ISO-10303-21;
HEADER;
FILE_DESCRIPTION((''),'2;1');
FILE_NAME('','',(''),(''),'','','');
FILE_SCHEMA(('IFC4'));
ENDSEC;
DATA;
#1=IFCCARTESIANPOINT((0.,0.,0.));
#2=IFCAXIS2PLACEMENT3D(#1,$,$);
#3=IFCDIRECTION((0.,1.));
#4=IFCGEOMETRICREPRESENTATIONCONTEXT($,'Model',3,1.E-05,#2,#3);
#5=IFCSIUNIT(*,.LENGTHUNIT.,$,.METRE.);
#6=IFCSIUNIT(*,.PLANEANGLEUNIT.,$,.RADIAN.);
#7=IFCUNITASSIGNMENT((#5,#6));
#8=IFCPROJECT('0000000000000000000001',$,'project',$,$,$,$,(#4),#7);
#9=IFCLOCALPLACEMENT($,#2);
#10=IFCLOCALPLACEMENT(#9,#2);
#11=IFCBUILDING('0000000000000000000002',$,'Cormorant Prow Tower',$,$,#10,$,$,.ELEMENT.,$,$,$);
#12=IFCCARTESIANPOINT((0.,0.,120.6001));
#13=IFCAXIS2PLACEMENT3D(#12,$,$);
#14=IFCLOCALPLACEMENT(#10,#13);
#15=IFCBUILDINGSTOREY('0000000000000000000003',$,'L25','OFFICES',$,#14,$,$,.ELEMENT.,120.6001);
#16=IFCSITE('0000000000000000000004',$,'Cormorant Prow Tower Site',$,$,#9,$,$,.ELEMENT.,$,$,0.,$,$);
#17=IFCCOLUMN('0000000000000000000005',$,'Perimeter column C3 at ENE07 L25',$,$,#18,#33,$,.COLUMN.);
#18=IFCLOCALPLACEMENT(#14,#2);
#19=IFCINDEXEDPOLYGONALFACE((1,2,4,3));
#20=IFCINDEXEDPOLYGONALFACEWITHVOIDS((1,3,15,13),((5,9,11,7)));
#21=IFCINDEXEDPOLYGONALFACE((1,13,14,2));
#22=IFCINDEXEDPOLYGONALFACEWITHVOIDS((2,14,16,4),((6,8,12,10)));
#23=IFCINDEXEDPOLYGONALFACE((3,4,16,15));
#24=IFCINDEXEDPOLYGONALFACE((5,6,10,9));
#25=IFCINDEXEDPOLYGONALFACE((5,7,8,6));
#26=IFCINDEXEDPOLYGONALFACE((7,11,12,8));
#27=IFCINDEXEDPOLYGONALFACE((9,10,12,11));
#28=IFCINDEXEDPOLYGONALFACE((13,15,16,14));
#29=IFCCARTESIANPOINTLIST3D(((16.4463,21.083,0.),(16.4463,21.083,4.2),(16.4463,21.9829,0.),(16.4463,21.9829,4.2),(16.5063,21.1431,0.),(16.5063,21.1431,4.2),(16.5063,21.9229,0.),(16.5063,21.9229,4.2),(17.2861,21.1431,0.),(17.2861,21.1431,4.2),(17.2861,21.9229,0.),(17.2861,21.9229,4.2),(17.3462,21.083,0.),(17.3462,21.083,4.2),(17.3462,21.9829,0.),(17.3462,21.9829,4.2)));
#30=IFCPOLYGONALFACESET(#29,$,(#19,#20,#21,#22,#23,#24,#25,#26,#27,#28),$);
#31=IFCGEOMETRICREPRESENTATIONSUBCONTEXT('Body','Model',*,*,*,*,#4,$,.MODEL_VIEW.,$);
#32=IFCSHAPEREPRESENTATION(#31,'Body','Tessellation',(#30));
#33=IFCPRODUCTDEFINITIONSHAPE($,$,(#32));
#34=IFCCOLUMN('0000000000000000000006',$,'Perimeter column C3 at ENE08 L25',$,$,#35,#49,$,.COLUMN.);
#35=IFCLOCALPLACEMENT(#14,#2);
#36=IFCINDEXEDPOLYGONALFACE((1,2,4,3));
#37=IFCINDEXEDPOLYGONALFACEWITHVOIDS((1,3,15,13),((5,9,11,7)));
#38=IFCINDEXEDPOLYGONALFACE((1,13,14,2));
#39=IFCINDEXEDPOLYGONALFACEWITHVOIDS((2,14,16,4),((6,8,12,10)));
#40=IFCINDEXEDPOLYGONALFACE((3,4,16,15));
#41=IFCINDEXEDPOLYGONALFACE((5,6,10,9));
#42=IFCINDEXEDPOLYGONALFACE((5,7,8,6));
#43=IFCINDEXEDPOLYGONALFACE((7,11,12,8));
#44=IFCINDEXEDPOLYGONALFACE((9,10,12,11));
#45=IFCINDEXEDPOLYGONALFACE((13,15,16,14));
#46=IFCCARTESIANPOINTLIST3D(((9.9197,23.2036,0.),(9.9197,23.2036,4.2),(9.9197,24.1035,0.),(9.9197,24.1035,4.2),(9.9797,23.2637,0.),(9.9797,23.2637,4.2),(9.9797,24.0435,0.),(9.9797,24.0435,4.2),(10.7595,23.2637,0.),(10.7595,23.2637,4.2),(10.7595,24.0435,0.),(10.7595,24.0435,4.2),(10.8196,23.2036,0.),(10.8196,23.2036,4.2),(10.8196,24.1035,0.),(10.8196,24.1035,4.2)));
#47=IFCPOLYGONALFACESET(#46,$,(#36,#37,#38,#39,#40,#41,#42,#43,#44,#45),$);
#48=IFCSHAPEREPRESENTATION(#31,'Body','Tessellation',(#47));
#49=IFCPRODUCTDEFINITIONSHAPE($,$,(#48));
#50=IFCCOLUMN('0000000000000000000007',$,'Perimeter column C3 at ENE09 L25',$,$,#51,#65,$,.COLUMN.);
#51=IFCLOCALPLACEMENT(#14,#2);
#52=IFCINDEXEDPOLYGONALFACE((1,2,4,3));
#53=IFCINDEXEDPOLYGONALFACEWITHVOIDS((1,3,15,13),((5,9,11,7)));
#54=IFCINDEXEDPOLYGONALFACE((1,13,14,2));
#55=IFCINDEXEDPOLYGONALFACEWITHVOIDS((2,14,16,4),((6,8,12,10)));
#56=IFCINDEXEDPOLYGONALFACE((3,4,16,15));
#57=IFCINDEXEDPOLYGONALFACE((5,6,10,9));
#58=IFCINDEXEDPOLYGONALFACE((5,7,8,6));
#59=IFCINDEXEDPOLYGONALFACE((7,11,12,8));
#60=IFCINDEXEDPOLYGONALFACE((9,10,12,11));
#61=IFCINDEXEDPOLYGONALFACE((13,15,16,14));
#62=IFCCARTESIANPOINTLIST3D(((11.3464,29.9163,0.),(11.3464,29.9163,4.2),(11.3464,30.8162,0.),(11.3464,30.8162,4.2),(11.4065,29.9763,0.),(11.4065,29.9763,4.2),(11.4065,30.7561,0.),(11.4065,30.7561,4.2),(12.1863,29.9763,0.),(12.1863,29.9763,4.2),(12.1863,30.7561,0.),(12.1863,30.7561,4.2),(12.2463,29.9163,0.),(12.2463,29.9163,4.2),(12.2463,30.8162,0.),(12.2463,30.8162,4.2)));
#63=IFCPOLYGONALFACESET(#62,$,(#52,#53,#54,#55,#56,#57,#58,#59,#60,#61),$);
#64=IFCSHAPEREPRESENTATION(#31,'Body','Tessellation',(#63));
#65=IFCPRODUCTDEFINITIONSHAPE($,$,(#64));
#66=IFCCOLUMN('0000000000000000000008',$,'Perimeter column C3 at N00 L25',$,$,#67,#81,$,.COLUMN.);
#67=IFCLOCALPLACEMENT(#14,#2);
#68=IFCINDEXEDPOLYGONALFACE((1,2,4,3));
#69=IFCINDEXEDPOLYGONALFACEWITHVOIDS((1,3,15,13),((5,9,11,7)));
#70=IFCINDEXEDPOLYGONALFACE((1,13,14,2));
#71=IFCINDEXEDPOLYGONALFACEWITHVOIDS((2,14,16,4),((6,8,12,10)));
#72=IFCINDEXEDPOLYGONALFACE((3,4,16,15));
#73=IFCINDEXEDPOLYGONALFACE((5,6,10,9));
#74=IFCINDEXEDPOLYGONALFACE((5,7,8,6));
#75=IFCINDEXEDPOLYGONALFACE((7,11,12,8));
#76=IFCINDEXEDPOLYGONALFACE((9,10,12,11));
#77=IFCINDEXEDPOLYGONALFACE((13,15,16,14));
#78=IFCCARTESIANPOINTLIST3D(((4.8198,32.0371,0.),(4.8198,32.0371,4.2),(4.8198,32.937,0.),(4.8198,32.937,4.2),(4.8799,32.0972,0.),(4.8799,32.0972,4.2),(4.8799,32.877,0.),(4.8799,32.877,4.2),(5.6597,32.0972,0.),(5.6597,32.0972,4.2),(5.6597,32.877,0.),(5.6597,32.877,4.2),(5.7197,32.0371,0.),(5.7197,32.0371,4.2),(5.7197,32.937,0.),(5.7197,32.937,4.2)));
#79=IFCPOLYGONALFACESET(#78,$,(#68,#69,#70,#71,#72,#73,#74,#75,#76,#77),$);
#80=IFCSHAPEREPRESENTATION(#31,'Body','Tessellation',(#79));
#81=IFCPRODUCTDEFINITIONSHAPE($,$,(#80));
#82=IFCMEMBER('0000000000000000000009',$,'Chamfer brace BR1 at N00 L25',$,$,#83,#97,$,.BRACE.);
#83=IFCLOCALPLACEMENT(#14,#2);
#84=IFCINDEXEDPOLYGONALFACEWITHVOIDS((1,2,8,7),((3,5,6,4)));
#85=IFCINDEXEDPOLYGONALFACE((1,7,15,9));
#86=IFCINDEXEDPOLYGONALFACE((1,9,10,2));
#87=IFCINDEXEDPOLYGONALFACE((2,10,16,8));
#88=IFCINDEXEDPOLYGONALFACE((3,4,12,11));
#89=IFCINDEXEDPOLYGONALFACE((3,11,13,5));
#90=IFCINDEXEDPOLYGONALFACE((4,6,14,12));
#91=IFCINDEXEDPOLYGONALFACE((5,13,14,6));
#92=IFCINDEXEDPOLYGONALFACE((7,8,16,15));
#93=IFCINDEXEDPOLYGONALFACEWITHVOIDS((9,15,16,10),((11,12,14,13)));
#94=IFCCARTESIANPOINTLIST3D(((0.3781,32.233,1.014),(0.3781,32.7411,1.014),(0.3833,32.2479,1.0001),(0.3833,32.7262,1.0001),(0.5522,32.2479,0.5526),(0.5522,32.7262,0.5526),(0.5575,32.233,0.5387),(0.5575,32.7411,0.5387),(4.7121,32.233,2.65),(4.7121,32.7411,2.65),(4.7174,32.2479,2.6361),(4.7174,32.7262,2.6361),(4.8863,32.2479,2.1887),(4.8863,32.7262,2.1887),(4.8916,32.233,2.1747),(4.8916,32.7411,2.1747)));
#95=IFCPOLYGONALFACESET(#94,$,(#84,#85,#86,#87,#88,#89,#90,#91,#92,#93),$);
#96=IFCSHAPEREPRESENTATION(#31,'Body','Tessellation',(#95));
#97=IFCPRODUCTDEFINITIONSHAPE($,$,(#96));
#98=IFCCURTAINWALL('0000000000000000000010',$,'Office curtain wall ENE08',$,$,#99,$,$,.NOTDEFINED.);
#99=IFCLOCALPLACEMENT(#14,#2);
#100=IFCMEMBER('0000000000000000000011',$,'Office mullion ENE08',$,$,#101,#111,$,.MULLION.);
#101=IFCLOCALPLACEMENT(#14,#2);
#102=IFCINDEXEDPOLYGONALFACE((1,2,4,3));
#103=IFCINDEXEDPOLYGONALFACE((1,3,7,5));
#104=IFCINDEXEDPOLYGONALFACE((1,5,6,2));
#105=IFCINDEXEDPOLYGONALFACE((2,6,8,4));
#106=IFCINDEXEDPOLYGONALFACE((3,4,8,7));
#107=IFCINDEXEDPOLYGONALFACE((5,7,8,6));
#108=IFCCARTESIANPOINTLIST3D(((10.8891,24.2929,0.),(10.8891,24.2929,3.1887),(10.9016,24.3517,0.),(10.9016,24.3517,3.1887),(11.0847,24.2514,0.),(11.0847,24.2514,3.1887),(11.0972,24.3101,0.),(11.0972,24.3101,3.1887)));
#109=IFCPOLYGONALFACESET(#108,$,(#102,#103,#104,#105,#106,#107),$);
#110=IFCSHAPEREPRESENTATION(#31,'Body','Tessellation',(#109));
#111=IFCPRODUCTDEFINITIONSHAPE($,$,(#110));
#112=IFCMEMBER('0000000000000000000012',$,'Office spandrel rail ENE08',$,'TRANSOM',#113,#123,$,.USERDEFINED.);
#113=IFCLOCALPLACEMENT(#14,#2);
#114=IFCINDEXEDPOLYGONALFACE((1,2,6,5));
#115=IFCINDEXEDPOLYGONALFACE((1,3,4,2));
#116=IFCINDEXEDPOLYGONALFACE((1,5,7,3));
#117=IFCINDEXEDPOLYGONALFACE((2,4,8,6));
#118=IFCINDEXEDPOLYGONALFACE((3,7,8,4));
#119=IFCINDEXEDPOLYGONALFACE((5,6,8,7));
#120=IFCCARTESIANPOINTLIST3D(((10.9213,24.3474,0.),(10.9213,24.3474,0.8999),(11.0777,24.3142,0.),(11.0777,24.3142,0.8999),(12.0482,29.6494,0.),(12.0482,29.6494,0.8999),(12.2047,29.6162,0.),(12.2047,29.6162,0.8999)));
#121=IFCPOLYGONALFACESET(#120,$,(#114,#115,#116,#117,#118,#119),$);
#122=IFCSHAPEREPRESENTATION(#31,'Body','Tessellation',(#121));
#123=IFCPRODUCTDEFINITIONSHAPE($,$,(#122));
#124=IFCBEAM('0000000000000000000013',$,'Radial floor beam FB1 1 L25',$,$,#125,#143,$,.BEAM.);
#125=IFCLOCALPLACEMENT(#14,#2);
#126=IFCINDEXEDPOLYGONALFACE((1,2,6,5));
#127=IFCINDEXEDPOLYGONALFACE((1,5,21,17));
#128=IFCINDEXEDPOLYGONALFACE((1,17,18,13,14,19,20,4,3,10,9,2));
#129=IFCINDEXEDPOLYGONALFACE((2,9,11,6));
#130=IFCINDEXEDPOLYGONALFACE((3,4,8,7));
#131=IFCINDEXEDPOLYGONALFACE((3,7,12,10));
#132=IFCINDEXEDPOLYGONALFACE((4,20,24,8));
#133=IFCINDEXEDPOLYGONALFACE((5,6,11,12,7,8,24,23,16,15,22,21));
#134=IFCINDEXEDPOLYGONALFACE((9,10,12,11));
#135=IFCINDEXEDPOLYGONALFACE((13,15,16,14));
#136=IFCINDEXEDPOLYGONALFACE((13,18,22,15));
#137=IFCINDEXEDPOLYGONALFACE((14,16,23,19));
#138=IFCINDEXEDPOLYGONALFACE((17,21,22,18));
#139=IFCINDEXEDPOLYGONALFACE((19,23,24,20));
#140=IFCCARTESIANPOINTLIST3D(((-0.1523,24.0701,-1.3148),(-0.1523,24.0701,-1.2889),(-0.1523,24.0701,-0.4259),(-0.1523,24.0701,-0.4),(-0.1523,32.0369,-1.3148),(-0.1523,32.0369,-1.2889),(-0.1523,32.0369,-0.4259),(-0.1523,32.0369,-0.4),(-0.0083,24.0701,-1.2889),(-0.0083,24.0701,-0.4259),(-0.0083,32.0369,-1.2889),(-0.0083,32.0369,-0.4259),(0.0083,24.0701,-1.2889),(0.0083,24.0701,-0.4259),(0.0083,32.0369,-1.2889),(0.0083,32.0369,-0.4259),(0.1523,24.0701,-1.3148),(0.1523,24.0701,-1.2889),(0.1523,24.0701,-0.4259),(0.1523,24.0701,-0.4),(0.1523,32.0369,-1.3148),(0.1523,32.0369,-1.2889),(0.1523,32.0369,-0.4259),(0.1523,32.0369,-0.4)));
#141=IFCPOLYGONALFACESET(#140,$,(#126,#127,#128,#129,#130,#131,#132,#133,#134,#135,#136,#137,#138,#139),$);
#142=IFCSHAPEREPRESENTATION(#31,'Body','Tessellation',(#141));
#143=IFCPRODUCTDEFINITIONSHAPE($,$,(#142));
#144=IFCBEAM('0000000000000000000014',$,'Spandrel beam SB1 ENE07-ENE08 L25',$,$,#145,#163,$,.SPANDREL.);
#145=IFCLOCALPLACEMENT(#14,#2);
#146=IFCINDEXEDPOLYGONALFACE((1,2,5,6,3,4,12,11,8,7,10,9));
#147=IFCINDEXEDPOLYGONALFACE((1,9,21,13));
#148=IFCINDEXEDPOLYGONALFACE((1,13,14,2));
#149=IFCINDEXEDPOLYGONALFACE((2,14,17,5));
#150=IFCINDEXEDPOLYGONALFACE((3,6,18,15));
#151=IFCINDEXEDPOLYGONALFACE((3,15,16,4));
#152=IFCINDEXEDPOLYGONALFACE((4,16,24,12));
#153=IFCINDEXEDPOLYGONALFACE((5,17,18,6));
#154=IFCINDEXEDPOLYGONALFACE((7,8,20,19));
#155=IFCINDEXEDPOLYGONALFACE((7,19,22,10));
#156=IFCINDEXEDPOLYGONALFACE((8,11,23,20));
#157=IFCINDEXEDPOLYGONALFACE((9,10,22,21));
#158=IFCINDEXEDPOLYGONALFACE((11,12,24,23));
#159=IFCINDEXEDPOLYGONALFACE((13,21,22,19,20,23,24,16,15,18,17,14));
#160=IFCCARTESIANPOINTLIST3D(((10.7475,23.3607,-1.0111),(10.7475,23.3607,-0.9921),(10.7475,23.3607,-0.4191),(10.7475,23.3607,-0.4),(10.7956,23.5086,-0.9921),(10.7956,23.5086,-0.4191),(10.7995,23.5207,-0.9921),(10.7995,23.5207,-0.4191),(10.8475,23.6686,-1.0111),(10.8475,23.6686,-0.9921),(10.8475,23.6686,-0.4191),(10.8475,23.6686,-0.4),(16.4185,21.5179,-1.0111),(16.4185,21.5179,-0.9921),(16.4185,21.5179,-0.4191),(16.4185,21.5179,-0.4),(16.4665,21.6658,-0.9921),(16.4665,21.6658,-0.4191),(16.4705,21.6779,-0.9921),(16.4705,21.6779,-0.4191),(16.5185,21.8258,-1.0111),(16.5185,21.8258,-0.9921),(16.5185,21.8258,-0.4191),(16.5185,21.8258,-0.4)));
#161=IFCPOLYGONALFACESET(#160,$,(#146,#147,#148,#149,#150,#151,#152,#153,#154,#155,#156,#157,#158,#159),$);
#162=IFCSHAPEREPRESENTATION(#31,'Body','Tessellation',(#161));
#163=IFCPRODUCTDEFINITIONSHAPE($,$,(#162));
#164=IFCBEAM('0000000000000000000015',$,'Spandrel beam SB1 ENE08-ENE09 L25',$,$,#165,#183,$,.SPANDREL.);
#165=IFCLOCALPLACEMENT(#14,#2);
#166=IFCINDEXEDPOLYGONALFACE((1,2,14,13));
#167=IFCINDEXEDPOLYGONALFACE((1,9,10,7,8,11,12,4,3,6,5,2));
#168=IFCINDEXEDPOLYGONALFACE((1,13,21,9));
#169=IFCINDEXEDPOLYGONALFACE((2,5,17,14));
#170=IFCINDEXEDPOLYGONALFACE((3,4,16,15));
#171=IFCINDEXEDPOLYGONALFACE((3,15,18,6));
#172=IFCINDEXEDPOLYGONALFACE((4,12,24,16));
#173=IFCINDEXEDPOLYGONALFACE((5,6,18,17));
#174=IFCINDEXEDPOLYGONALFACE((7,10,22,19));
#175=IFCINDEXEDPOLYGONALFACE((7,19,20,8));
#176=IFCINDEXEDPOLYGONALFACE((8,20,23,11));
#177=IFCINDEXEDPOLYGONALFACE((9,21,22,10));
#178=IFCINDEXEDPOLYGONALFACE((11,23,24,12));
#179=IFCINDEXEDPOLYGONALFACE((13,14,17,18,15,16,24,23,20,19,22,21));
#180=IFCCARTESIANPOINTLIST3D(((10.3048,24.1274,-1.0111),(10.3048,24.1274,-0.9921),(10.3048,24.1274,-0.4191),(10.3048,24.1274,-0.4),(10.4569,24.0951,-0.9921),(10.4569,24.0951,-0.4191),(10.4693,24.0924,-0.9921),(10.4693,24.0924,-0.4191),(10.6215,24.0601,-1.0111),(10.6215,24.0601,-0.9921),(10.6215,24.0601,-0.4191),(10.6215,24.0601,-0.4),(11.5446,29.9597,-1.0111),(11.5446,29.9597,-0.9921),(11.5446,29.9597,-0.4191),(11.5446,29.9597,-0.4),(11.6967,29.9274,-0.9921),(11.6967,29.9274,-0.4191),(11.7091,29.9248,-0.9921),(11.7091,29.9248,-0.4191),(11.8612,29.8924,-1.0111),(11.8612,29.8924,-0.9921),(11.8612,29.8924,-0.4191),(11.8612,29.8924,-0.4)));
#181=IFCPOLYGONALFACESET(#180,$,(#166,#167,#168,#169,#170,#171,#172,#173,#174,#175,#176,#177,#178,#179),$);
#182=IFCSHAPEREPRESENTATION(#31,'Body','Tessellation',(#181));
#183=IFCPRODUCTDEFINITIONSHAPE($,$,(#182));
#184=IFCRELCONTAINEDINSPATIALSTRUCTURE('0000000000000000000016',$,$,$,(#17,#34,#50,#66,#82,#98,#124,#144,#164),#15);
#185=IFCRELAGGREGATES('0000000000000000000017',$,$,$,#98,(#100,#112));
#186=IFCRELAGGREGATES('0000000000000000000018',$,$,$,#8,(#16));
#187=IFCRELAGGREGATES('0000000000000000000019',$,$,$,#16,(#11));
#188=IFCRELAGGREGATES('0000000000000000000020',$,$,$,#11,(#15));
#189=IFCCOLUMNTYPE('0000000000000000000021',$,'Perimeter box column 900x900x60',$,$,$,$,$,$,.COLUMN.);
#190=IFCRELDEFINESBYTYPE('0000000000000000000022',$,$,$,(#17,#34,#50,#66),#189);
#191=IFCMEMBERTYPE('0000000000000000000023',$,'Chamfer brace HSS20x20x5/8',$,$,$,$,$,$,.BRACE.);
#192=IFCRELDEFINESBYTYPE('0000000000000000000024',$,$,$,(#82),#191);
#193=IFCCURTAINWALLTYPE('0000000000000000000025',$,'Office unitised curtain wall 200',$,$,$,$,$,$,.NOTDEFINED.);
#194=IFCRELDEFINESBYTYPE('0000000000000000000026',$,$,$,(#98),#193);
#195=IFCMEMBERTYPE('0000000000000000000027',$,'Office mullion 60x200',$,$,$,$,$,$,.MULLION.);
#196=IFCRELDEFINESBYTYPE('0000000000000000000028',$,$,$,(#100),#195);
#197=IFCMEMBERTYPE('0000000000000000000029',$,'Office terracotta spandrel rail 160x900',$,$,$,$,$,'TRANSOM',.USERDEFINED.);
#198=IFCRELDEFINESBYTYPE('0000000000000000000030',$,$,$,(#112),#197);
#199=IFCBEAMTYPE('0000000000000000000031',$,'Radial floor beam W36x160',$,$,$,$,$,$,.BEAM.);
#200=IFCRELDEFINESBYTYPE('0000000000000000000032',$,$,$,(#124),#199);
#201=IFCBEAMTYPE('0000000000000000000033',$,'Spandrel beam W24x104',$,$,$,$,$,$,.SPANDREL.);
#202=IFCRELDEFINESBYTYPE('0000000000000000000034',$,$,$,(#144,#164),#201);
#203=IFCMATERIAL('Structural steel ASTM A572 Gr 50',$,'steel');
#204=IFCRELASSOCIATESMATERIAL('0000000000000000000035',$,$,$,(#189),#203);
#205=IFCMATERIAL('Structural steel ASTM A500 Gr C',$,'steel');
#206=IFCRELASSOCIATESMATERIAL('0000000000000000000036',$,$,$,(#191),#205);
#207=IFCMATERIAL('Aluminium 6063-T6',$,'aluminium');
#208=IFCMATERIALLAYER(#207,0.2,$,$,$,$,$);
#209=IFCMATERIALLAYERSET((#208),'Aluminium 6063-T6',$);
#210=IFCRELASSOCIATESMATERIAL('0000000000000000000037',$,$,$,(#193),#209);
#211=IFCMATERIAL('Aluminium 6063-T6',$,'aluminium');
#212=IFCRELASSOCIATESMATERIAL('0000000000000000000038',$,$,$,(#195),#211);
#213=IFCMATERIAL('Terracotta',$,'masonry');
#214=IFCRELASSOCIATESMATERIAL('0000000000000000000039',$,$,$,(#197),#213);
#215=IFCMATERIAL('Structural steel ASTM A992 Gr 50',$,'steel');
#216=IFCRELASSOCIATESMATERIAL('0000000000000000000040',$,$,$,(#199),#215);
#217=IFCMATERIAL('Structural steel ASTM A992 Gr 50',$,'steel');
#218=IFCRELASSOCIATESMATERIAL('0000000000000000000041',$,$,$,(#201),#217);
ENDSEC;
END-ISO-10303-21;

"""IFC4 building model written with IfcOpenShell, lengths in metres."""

from ifc_helpers import new_model, si_unit, direction, frame, origin, origin_2d, place, context, subcontext, project, spatial, rectangle, hollow_rectangle, i_section, extrude, material, layer, layer_set, material_profile, profile_set, type_object, element, aggregate, save


model = new_model("IFC4")

# Units and contexts
model_context = context("Model", 3, precision=1e-05, world=origin(), true_north=direction((0.0, 1.0)))
body_context = subcontext(model_context, "Body", "Model", "MODEL_VIEW")
ifc_project = project(units=[si_unit("LENGTHUNIT", "METRE"), si_unit("PLANEANGLEUNIT", "RADIAN")], contexts=[model_context])

# Site, building, storey
site_placement = place(None, origin())
site = spatial("IfcSite", under=ifc_project, at=site_placement, Name="Cormorant Prow Tower Site", CompositionType="ELEMENT", RefElevation=0.0)
building_placement = place(site_placement, origin())
building = spatial("IfcBuilding", under=site, at=building_placement, Name="Cormorant Prow Tower", CompositionType="ELEMENT")
storey_placement = place(building_placement, frame((0.0, 0.0, 120.6001)))
storey = spatial("IfcBuildingStorey", under=building, at=storey_placement, Name="L25", Description="OFFICES", CompositionType="ELEMENT", Elevation=120.6001)

# Columns
ifc_material_1 = material(Name="Structural steel ASTM A572 Gr 50", Category="steel")
ifc_material_profile_1 = material_profile(ifc_material_1, hollow_rectangle(XDim=0.8999, YDim=0.8999, WallThickness=0.0601, at=origin_2d()), Name="Box 900x900x60")
ifc_profile_set_1 = profile_set([ifc_material_profile_1], Name="Structural steel ASTM A572 Gr 50")
column_type = type_object("IfcColumnType", Name="Perimeter box column 900x900x60", PredefinedType="COLUMN", material=ifc_profile_set_1)
for number, where, z_axis, x_axis, name in (
    (1, (16.8962, 21.533, 0.0), (0.0, 0.0, 1.0), (1.0, 0.0, 0.0), "Perimeter column C3 at ENE07 L25"),
    (2, (10.3696, 23.6536, 0.0), (0.0, 0.0, 1.0), (1.0, 0.0, 0.0), "Perimeter column C3 at ENE08 L25"),
    (3, (11.7964, 30.3662, 0.0), (0.0, 0.0, 1.0), (1.0, 0.0, 0.0), "Perimeter column C3 at ENE09 L25"),
    (4, (5.2698, 32.4871, 0.0), (0.0, 0.0, 1.0), (1.0, 0.0, 0.0), "Perimeter column C3 at N00 L25"),
):
    element("IfcColumn", number, at=place(storey_placement, frame(where, z_axis=z_axis, x_axis=x_axis)), inside=storey, type_object=column_type, Name=name, PredefinedType="COLUMN", context=body_context, shape_type="SweptSolid", body=[
        extrude(hollow_rectangle(XDim=0.8999, YDim=0.8999, WallThickness=0.0601, at=origin_2d()), origin(), (0.0, 0.0, 1.0), 4.2),
    ])

# Member
ifc_material_2 = material(Name="Structural steel ASTM A500 Gr C", Category="steel")
ifc_material_profile_2 = material_profile(ifc_material_2, hollow_rectangle(XDim=0.5081, YDim=0.5081, WallThickness=0.0149, at=origin_2d()), Name="HSS20x20x5/8")
ifc_profile_set_2 = profile_set([ifc_material_profile_2], Name="Structural steel ASTM A500 Gr C")
member_type_1 = type_object("IfcMemberType", Name="Chamfer brace HSS20x20x5/8", PredefinedType="BRACE", material=ifc_profile_set_2)
member_1_placement = place(storey_placement, frame((0.4678, 32.4871, 0.7764), z_axis=(0.935565, 0.0, 0.353156), x_axis=(0.0, 1.0, 0.0)))
element("IfcMember", 5, at=member_1_placement, inside=storey, type_object=member_type_1, Name="Chamfer brace BR1 at N00 L25", PredefinedType="BRACE", context=body_context, shape_type="SweptSolid", body=[
    extrude(hollow_rectangle(XDim=0.5081, YDim=0.5081, WallThickness=0.0149, at=origin_2d()), origin(), (0.0, 0.0, 1.0), 4.6326),
])

# Curtain wall, members
ifc_material_3 = material(Name="Aluminium 6063-T6", Category="aluminium")
ifc_layer_1 = layer(ifc_material_3, 0.2)
ifc_layer_set_1 = layer_set([ifc_layer_1], Name="Aluminium 6063-T6")
curtain_wall_type = type_object("IfcCurtainWallType", Name="Office unitised curtain wall 200", PredefinedType="NOTDEFINED", material=ifc_layer_set_1)
curtain_wall_placement = place(storey_placement, origin())
curtain_wall = element("IfcCurtainWall", 6, at=curtain_wall_placement, inside=storey, type_object=curtain_wall_type, Name="Office curtain wall ENE08", PredefinedType="NOTDEFINED")
ifc_material_4 = material(Name="Aluminium 6063-T6", Category="aluminium")
ifc_material_profile_3 = material_profile(ifc_material_4, rectangle(XDim=0.2, YDim=0.0601, at=origin_2d()), Name="Office mullion 60x200")
ifc_profile_set_3 = profile_set([ifc_material_profile_3], Name="Aluminium 6063-T6")
member_type_2 = type_object("IfcMemberType", Name="Office mullion 60x200", PredefinedType="MULLION", material=ifc_profile_set_3)
member_2_placement = place(storey_placement, frame((10.9932, 24.3015, 0.0), z_axis=(0.0, 0.0, 1.0), x_axis=(-0.978148, 0.207912, 0.0)))
member_2 = element("IfcMember", 7, at=member_2_placement, type_object=member_type_2, Name="Office mullion ENE08", PredefinedType="MULLION", context=body_context, shape_type="SweptSolid", body=[
    extrude(rectangle(XDim=0.2, YDim=0.0601, at=origin_2d()), origin(), (0.0, 0.0, 1.0), 3.1887),
])
ifc_material_5 = material(Name="Terracotta", Category="masonry")
ifc_material_profile_4 = material_profile(ifc_material_5, rectangle(XDim=0.1599, YDim=0.8999, at=origin_2d()), Name="Office terracotta spandrel rail 160x900")
ifc_profile_set_4 = profile_set([ifc_material_profile_4], Name="Terracotta")
member_type_3 = type_object("IfcMemberType", Name="Office terracotta spandrel rail 160x900", ElementType="TRANSOM", PredefinedType="USERDEFINED", material=ifc_profile_set_4)
member_3_placement = place(storey_placement, frame((10.9995, 24.3308, 0.45), z_axis=(0.207908, 0.978148, 0.0), x_axis=(-0.978148, 0.207908, 0.0)))
member_3 = element("IfcMember", 8, at=member_3_placement, type_object=member_type_3, Name="Office spandrel rail ENE08", ObjectType="TRANSOM", PredefinedType="USERDEFINED", context=body_context, shape_type="SweptSolid", body=[
    extrude(rectangle(XDim=0.1599, YDim=0.8999, at=origin_2d()), origin(), (0.0, 0.0, 1.0), 5.4204),
])

# Beams
ifc_material_6 = material(Name="Structural steel ASTM A992 Gr 50", Category="steel")
ifc_material_profile_5 = material_profile(ifc_material_6, i_section(OverallWidth=0.3047, OverallDepth=0.9148, WebThickness=0.0166, FlangeThickness=0.0259, at=origin_2d()), Name="W36x160")
ifc_profile_set_5 = profile_set([ifc_material_profile_5], Name="Structural steel ASTM A992 Gr 50")
beam_type_1 = type_object("IfcBeamType", Name="Radial floor beam W36x160", PredefinedType="BEAM", material=ifc_profile_set_5)
beam_1_placement = place(storey_placement, frame((0.0, 24.0701, -0.8574), z_axis=(0.0, 1.0, 0.0), x_axis=(-1.0, 0.0, 0.0)))
element("IfcBeam", 9, at=beam_1_placement, inside=storey, type_object=beam_type_1, Name="Radial floor beam FB1 1 L25", PredefinedType="BEAM", context=body_context, shape_type="SweptSolid", body=[
    extrude(i_section(OverallWidth=0.3047, OverallDepth=0.9148, WebThickness=0.0166, FlangeThickness=0.0259, at=origin_2d()), origin(), (0.0, 0.0, 1.0), 7.9668),
])
ifc_material_7 = material(Name="Structural steel ASTM A992 Gr 50", Category="steel")
ifc_material_profile_6 = material_profile(ifc_material_7, i_section(OverallWidth=0.3237, OverallDepth=0.6111, WebThickness=0.0127, FlangeThickness=0.019, at=origin_2d()), Name="W24x104")
ifc_profile_set_6 = profile_set([ifc_material_profile_6], Name="Structural steel ASTM A992 Gr 50")
beam_type_2 = type_object("IfcBeamType", Name="Spandrel beam W24x104", PredefinedType="SPANDREL", material=ifc_profile_set_6)
beam_2_placement = place(storey_placement, frame((16.4685, 21.6719, -0.7056), z_axis=(-0.951047, 0.309045, 0.0), x_axis=(-0.309045, -0.951047, 0.0)))
element("IfcBeam", 10, at=beam_2_placement, inside=storey, type_object=beam_type_2, Name="Spandrel beam SB1 ENE07-ENE08 L25", PredefinedType="SPANDREL", context=body_context, shape_type="SweptSolid", body=[
    extrude(i_section(OverallWidth=0.3237, OverallDepth=0.6111, WebThickness=0.0127, FlangeThickness=0.019, at=origin_2d()), origin(), (0.0, 0.0, 1.0), 5.9629),
])
beam_3_placement = place(storey_placement, frame((10.4631, 24.0938, -0.7056), z_axis=(0.207921, 0.978146, 0.0), x_axis=(-0.978146, 0.207921, 0.0)))
element("IfcBeam", 11, at=beam_3_placement, inside=storey, type_object=beam_type_2, Name="Spandrel beam SB1 ENE08-ENE09 L25", PredefinedType="SPANDREL", context=body_context, shape_type="SweptSolid", body=[
    extrude(i_section(OverallWidth=0.3237, OverallDepth=0.6111, WebThickness=0.0127, FlangeThickness=0.019, at=origin_2d()), origin(), (0.0, 0.0, 1.0), 5.9626),
])

aggregate(curtain_wall, [member_2, member_3])

save(model, "model.ifc")
